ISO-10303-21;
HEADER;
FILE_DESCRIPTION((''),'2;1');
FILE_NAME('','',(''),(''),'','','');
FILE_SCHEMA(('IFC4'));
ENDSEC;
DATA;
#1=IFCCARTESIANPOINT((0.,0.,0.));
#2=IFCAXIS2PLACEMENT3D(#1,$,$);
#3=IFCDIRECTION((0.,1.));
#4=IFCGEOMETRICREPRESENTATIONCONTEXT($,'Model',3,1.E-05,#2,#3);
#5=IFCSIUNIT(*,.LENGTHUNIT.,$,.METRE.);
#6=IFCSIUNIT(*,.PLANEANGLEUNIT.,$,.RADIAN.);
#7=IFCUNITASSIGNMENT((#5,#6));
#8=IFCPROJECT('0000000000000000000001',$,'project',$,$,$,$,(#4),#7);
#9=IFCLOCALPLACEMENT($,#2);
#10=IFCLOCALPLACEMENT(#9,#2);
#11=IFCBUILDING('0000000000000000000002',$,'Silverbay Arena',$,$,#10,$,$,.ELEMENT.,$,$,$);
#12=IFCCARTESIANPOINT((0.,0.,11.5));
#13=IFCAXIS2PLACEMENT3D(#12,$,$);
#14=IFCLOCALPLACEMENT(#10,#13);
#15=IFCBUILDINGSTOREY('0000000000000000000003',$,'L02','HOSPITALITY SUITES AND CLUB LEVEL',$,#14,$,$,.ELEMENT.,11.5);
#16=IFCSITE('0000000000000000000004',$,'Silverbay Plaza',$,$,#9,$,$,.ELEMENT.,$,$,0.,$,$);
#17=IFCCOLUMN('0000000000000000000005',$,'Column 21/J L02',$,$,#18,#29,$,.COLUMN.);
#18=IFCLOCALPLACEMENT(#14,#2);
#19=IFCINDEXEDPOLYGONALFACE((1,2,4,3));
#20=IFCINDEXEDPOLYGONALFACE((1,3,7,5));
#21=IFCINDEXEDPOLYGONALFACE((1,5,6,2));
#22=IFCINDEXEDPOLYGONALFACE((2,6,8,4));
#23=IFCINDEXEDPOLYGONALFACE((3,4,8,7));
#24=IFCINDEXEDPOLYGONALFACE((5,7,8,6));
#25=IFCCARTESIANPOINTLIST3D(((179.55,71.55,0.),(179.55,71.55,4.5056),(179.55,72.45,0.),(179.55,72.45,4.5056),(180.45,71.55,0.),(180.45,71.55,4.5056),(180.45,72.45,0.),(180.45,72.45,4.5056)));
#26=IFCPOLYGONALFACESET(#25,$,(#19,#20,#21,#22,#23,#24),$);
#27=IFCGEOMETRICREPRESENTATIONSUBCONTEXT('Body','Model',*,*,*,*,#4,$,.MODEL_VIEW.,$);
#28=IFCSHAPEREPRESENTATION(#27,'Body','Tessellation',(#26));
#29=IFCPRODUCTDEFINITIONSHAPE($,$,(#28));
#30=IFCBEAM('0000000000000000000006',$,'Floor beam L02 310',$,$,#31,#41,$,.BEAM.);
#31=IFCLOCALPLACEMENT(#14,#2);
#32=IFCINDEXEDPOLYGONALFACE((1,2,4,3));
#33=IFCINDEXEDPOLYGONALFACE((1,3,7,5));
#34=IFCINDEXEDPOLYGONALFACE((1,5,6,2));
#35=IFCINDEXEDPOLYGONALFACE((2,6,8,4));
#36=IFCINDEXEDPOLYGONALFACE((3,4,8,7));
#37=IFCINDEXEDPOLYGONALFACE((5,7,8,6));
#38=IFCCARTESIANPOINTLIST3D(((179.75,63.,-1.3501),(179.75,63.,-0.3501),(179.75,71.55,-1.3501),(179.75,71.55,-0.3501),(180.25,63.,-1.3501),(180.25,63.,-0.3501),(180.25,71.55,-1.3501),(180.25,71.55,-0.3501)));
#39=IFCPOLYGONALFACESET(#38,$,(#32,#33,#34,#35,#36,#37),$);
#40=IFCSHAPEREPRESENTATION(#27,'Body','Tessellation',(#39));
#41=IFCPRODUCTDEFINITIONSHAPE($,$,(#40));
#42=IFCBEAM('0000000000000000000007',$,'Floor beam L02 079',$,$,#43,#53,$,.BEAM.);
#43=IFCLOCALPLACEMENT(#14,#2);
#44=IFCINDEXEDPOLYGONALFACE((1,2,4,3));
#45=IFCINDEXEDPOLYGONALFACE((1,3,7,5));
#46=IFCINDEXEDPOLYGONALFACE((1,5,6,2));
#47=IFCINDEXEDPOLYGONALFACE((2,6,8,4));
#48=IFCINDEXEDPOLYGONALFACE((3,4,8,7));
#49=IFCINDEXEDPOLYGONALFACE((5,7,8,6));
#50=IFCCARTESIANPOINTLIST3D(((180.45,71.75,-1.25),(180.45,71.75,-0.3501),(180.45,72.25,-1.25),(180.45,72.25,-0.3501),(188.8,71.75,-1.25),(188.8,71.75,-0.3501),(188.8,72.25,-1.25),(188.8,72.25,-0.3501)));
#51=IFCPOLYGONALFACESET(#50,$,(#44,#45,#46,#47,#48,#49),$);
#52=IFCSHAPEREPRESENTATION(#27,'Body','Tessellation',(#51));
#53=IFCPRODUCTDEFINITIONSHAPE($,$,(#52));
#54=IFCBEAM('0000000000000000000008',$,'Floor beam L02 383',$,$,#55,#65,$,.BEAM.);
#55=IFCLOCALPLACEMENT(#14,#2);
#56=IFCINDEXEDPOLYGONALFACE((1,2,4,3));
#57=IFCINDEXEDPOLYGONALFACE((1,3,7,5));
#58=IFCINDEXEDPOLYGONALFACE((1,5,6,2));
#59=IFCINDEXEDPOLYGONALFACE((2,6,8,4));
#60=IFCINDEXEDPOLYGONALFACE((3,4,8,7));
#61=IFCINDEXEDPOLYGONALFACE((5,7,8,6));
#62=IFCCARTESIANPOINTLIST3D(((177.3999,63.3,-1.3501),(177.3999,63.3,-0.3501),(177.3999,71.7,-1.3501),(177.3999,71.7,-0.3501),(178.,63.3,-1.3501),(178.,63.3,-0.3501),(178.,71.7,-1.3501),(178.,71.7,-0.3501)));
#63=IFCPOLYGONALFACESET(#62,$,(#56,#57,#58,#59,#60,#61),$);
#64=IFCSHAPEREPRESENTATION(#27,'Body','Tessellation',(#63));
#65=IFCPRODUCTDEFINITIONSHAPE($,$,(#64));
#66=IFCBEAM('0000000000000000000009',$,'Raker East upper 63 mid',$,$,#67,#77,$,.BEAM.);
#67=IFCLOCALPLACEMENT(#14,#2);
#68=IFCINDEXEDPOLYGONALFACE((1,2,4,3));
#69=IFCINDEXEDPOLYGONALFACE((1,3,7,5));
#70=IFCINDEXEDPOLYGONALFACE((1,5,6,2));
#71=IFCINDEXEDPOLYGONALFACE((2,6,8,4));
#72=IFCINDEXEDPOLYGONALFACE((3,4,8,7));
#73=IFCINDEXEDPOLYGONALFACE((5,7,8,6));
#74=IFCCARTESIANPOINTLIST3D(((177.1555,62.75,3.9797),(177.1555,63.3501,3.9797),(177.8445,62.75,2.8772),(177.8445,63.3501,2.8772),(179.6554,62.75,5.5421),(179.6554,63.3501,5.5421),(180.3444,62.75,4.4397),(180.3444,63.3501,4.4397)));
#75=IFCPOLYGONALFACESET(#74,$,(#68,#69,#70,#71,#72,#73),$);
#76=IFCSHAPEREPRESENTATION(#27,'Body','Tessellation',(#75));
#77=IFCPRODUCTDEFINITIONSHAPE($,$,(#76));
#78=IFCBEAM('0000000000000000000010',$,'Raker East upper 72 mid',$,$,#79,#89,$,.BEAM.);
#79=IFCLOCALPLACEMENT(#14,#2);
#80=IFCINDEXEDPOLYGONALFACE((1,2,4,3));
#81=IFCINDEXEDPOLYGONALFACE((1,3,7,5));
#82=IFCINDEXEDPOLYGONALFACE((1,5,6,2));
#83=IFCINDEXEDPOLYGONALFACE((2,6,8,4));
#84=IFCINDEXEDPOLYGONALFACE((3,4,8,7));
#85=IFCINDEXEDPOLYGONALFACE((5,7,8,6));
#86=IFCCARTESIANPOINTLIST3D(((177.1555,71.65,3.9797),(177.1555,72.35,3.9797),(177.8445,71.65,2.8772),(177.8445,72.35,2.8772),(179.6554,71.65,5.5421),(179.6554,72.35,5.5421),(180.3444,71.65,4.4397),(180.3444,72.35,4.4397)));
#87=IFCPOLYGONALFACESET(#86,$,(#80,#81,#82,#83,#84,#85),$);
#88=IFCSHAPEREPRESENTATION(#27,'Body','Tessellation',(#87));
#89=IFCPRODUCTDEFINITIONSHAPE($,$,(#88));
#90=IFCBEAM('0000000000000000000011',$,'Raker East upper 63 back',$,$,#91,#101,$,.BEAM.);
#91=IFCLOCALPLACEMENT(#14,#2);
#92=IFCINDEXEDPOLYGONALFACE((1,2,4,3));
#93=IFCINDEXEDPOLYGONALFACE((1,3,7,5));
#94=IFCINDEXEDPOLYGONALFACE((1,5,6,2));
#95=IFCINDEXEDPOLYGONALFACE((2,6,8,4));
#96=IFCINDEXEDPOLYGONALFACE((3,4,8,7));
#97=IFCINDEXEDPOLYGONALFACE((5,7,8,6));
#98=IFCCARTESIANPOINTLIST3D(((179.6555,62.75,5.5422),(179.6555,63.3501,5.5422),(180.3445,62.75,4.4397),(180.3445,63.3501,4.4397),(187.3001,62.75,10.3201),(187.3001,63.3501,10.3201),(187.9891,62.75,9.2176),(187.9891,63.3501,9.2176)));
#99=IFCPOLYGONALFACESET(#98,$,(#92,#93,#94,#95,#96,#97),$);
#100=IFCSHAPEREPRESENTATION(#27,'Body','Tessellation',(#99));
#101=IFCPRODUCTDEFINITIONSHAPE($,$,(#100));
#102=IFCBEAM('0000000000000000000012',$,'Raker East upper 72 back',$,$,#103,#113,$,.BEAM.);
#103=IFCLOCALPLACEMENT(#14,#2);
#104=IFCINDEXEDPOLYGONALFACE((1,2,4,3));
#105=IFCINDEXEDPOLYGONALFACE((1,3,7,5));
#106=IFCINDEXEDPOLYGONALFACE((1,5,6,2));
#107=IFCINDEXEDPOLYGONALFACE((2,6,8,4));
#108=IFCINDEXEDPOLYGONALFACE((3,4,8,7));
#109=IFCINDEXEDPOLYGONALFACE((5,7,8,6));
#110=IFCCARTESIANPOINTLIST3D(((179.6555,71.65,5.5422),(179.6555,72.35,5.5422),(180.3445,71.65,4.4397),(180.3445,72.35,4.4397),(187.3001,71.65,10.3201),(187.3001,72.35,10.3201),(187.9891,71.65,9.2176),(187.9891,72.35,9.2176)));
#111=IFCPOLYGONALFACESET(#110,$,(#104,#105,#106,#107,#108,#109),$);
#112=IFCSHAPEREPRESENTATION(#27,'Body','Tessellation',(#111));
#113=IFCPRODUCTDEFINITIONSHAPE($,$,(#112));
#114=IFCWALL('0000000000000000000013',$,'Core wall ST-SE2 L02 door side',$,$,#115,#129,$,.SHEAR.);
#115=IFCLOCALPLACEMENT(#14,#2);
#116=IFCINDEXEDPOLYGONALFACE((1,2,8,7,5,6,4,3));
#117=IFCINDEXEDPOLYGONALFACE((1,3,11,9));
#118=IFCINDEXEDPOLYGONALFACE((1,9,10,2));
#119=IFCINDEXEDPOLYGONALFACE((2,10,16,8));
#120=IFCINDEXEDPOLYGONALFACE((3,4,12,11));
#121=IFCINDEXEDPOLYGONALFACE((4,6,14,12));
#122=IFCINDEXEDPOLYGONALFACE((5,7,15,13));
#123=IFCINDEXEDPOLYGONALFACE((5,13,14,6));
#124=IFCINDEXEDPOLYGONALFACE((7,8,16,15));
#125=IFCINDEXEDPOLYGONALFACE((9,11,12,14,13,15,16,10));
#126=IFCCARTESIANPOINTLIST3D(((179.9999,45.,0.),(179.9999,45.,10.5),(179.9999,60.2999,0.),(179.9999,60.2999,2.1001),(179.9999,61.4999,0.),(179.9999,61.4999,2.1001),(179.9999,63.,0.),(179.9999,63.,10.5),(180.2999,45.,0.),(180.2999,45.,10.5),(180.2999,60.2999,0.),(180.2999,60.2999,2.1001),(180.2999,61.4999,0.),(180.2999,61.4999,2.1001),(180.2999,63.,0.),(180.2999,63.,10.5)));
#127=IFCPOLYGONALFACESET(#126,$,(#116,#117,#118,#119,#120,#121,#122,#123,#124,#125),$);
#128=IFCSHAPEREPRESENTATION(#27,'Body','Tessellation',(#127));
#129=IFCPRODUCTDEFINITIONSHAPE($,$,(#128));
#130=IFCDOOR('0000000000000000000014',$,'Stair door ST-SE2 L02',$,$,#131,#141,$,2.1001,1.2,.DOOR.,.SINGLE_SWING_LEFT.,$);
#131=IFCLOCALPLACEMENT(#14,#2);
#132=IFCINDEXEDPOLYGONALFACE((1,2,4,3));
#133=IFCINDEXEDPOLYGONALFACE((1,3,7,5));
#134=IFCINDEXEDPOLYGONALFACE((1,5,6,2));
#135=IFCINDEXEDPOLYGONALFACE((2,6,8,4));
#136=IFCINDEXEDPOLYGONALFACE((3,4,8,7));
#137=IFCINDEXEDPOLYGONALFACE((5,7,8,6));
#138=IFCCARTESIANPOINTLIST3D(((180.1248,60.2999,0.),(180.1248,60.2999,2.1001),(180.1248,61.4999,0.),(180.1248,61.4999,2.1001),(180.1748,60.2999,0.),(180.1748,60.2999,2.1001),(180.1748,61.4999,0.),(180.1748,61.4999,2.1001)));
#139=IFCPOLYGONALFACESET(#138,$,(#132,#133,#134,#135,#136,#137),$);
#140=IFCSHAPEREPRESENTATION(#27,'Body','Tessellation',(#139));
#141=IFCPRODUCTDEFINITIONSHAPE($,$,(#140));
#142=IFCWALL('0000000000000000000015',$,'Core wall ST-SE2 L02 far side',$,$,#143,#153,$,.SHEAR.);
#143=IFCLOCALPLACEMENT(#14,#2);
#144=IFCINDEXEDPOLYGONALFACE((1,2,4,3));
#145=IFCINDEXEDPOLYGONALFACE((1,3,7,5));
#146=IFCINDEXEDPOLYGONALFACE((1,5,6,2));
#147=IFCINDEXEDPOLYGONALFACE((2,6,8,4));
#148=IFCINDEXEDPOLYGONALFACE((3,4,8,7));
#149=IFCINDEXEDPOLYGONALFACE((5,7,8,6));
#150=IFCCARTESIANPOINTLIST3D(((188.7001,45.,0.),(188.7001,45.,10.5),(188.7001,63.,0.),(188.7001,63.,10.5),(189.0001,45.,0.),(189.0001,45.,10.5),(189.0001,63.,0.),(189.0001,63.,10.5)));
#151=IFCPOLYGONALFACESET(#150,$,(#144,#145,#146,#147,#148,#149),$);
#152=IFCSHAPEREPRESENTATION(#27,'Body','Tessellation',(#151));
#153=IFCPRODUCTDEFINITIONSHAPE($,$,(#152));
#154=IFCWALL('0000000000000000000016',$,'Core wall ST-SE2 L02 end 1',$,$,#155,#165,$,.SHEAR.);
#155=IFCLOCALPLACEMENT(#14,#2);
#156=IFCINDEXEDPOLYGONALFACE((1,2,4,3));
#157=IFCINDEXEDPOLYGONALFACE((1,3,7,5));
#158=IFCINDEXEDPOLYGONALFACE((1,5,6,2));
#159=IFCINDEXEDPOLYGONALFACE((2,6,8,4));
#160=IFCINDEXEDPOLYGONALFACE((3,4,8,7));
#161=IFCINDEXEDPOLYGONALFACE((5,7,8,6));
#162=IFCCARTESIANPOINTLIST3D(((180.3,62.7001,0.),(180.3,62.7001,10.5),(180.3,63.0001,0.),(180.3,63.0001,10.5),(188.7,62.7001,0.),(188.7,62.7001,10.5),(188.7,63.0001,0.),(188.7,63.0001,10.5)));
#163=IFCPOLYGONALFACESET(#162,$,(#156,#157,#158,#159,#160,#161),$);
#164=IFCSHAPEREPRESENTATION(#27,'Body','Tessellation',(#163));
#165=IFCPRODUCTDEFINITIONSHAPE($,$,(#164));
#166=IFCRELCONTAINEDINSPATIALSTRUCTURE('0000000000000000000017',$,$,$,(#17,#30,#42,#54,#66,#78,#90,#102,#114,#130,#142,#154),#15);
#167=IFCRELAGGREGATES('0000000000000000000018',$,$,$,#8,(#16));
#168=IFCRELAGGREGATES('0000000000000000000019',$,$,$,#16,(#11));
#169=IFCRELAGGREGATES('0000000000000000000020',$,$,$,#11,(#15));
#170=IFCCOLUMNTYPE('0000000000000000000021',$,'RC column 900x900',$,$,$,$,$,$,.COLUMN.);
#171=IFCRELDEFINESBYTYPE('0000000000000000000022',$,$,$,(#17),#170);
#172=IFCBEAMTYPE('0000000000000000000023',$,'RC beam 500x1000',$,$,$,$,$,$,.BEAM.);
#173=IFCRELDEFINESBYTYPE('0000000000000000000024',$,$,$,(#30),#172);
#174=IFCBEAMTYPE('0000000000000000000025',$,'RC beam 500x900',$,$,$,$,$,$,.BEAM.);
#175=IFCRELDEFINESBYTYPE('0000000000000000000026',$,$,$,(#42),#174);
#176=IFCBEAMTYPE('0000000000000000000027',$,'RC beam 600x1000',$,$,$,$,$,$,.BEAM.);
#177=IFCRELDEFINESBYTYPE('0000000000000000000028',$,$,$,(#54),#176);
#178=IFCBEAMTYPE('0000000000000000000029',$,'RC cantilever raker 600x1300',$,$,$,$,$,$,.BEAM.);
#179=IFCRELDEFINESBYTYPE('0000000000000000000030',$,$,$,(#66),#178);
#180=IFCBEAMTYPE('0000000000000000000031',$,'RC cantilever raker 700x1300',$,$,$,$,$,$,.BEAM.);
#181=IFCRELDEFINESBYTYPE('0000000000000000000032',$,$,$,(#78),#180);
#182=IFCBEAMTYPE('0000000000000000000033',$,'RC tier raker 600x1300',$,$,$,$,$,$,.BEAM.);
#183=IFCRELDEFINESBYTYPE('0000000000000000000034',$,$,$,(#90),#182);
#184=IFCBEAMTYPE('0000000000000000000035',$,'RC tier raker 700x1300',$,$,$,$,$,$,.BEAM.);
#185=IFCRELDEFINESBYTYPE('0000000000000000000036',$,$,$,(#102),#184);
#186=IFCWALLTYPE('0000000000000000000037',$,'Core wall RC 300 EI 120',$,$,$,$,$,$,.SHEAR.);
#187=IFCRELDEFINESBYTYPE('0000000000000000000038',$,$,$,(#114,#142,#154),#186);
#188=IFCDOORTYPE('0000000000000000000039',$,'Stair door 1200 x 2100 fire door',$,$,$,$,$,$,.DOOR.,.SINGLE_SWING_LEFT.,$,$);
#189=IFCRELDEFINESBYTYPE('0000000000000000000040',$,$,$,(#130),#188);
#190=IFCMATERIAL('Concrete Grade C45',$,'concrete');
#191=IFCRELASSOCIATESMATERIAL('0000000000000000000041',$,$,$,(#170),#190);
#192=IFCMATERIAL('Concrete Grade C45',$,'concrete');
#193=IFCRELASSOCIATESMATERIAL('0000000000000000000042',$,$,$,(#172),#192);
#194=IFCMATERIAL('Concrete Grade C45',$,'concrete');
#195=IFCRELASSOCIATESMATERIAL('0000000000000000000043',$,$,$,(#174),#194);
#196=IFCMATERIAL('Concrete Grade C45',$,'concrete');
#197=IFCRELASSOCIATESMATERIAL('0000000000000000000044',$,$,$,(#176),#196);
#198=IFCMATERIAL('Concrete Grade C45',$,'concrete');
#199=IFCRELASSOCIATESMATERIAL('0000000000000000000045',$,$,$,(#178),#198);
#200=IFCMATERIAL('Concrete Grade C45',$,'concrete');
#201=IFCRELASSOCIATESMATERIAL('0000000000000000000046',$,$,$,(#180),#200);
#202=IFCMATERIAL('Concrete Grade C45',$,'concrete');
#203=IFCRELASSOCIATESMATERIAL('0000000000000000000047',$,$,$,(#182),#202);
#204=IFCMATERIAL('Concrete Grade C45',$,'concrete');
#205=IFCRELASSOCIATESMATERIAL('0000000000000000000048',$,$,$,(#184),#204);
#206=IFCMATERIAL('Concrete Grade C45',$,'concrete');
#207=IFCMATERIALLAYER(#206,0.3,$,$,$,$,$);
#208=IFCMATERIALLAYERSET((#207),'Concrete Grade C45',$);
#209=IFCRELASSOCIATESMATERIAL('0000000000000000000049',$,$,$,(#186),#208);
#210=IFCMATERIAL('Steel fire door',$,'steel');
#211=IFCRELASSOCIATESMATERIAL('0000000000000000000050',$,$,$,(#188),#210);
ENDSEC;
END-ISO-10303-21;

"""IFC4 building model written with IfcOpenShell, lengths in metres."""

from ifc_helpers import new_model, si_unit, direction, frame, frame_2d, origin, origin_2d, place, context, subcontext, project, spatial, rectangle, extrude, material, layer, layer_set, material_profile, profile_set, type_object, element, fill, save


model = new_model("IFC4")

# Units and contexts
model_context = context("Model", 3, precision=1e-05, world=origin(), true_north=direction((0.0, 1.0)))
body_context = subcontext(model_context, "Body", "Model", "MODEL_VIEW")
ifc_project = project(units=[si_unit("LENGTHUNIT", "METRE"), si_unit("PLANEANGLEUNIT", "RADIAN")], contexts=[model_context])

# Site, building, storey
site_placement = place(None, origin())
site = spatial("IfcSite", under=ifc_project, at=site_placement, Name="Silverbay Plaza", CompositionType="ELEMENT", RefElevation=0.0)
building_placement = place(site_placement, origin())
building = spatial("IfcBuilding", under=site, at=building_placement, Name="Silverbay Arena", CompositionType="ELEMENT")
storey_placement = place(building_placement, frame((0.0, 0.0, 11.5)))
storey = spatial("IfcBuildingStorey", under=building, at=storey_placement, Name="L02", Description="HOSPITALITY SUITES AND CLUB LEVEL", CompositionType="ELEMENT", Elevation=11.5)

# Column
ifc_material_1 = material(Name="Concrete Grade C45", Category="concrete")
ifc_material_profile_1 = material_profile(ifc_material_1, rectangle(XDim=0.8999, YDim=0.8999, at=origin_2d()), Name="RC 900x900")
ifc_profile_set_1 = profile_set([ifc_material_profile_1], Name="Concrete Grade C45")
column_type = type_object("IfcColumnType", Name="RC column 900x900", PredefinedType="COLUMN", material=ifc_profile_set_1)
column_placement = place(storey_placement, frame((180.0, 72.0, 0.0), z_axis=(0.0, 0.0, 1.0), x_axis=(1.0, 0.0, 0.0)))
element("IfcColumn", 1, at=column_placement, inside=storey, type_object=column_type, Name="Column 21/J L02", PredefinedType="COLUMN", context=body_context, shape_type="SweptSolid", body=[
    extrude(rectangle(XDim=0.8999, YDim=0.8999, at=origin_2d()), origin(), (0.0, 0.0, 1.0), 4.5056),
])

# Beams
ifc_material_2 = material(Name="Concrete Grade C45", Category="concrete")
ifc_material_profile_2 = material_profile(ifc_material_2, rectangle(XDim=0.5, YDim=1.0, at=origin_2d()), Name="RC 500x1000")
ifc_profile_set_2 = profile_set([ifc_material_profile_2], Name="Concrete Grade C45")
beam_type_1 = type_object("IfcBeamType", Name="RC beam 500x1000", PredefinedType="BEAM", material=ifc_profile_set_2)
beam_1_placement = place(storey_placement, frame((180.0, 63.0, -0.8501), z_axis=(0.0, 1.0, 0.0), x_axis=(-1.0, 0.0, 0.0)))
element("IfcBeam", 2, at=beam_1_placement, inside=storey, type_object=beam_type_1, Name="Floor beam L02 310", PredefinedType="BEAM", context=body_context, shape_type="SweptSolid", body=[
    extrude(rectangle(XDim=0.5, YDim=1.0, at=origin_2d()), origin(), (0.0, 0.0, 1.0), 8.55),
])
ifc_material_3 = material(Name="Concrete Grade C45", Category="concrete")
ifc_material_profile_3 = material_profile(ifc_material_3, rectangle(XDim=0.5, YDim=0.8999, at=origin_2d()), Name="RC 500x900")
ifc_profile_set_3 = profile_set([ifc_material_profile_3], Name="Concrete Grade C45")
beam_type_2 = type_object("IfcBeamType", Name="RC beam 500x900", PredefinedType="BEAM", material=ifc_profile_set_3)
beam_2_placement = place(storey_placement, frame((180.45, 72.0, -0.8), z_axis=(1.0, 0.0, 0.0), x_axis=(0.0, 1.0, 0.0)))
element("IfcBeam", 3, at=beam_2_placement, inside=storey, type_object=beam_type_2, Name="Floor beam L02 079", PredefinedType="BEAM", context=body_context, shape_type="SweptSolid", body=[
    extrude(rectangle(XDim=0.5, YDim=0.8999, at=origin_2d()), origin(), (0.0, 0.0, 1.0), 8.3501),
])
ifc_material_4 = material(Name="Concrete Grade C45", Category="concrete")
ifc_material_profile_4 = material_profile(ifc_material_4, rectangle(XDim=0.6001, YDim=1.0, at=origin_2d()), Name="RC 600x1000")
ifc_profile_set_4 = profile_set([ifc_material_profile_4], Name="Concrete Grade C45")
beam_type_3 = type_object("IfcBeamType", Name="RC beam 600x1000", PredefinedType="BEAM", material=ifc_profile_set_4)
beam_3_placement = place(storey_placement, frame((177.7, 63.3, -0.8501), z_axis=(0.0, 1.0, 0.0), x_axis=(-1.0, 0.0, 0.0)))
element("IfcBeam", 4, at=beam_3_placement, inside=storey, type_object=beam_type_3, Name="Floor beam L02 383", PredefinedType="BEAM", context=body_context, shape_type="SweptSolid", body=[
    extrude(rectangle(XDim=0.6001, YDim=1.0, at=origin_2d()), origin(), (0.0, 0.0, 1.0), 8.3999),
])
ifc_material_5 = material(Name="Concrete Grade C45", Category="concrete")
ifc_material_profile_5 = material_profile(ifc_material_5, rectangle(XDim=0.6001, YDim=1.3, at=origin_2d()), Name="RC 600x1300")
ifc_profile_set_5 = profile_set([ifc_material_profile_5], Name="Concrete Grade C45")
beam_type_4 = type_object("IfcBeamType", Name="RC cantilever raker 600x1300", PredefinedType="BEAM", material=ifc_profile_set_5)
beam_4_placement = place(storey_placement, frame((177.5, 63.05, 3.4285), z_axis=(0.847998, 0.0, 0.529999), x_axis=(0.0, 1.0, 0.0)))
element("IfcBeam", 5, at=beam_4_placement, inside=storey, type_object=beam_type_4, Name="Raker East upper 63 mid", PredefinedType="BEAM", context=body_context, shape_type="SweptSolid", body=[
    extrude(rectangle(XDim=0.6001, YDim=1.3, at=origin_2d()), origin(), (0.0, 0.0, 1.0), 2.948),
])
ifc_material_6 = material(Name="Concrete Grade C45", Category="concrete")
ifc_material_profile_6 = material_profile(ifc_material_6, rectangle(XDim=0.7, YDim=1.3, at=origin_2d()), Name="RC 700x1300")
ifc_profile_set_6 = profile_set([ifc_material_profile_6], Name="Concrete Grade C45")
beam_type_5 = type_object("IfcBeamType", Name="RC cantilever raker 700x1300", PredefinedType="BEAM", material=ifc_profile_set_6)
beam_5_placement = place(storey_placement, frame((177.5, 72.0, 3.4285), z_axis=(0.847998, 0.0, 0.529999), x_axis=(0.0, 1.0, 0.0)))
element("IfcBeam", 6, at=beam_5_placement, inside=storey, type_object=beam_type_5, Name="Raker East upper 72 mid", PredefinedType="BEAM", context=body_context, shape_type="SweptSolid", body=[
    extrude(rectangle(XDim=0.7, YDim=1.3, at=origin_2d()), origin(), (0.0, 0.0, 1.0), 2.948),
])
ifc_material_7 = material(Name="Concrete Grade C45", Category="concrete")
ifc_material_profile_7 = material_profile(ifc_material_7, rectangle(XDim=0.6001, YDim=1.3, at=origin_2d()), Name="RC 600x1300")
ifc_profile_set_7 = profile_set([ifc_material_profile_7], Name="Concrete Grade C45")
beam_type_6 = type_object("IfcBeamType", Name="RC tier raker 600x1300", PredefinedType="BEAM", material=ifc_profile_set_7)
beam_6_placement = place(storey_placement, frame((180.0, 63.05, 4.991), z_axis=(0.847998, 0.0, 0.529999), x_axis=(0.0, 1.0, 0.0)))
element("IfcBeam", 7, at=beam_6_placement, inside=storey, type_object=beam_type_6, Name="Raker East upper 63 back", PredefinedType="BEAM", context=body_context, shape_type="SweptSolid", body=[
    extrude(rectangle(XDim=0.6001, YDim=1.3, at=origin_2d()), origin(), (0.0, 0.0, 1.0), 9.0149),
])
ifc_material_8 = material(Name="Concrete Grade C45", Category="concrete")
ifc_material_profile_8 = material_profile(ifc_material_8, rectangle(XDim=0.7, YDim=1.3, at=origin_2d()), Name="RC 700x1300")
ifc_profile_set_8 = profile_set([ifc_material_profile_8], Name="Concrete Grade C45")
beam_type_7 = type_object("IfcBeamType", Name="RC tier raker 700x1300", PredefinedType="BEAM", material=ifc_profile_set_8)
beam_7_placement = place(storey_placement, frame((180.0, 72.0, 4.991), z_axis=(0.847998, 0.0, 0.529999), x_axis=(0.0, 1.0, 0.0)))
element("IfcBeam", 8, at=beam_7_placement, inside=storey, type_object=beam_type_7, Name="Raker East upper 72 back", PredefinedType="BEAM", context=body_context, shape_type="SweptSolid", body=[
    extrude(rectangle(XDim=0.7, YDim=1.3, at=origin_2d()), origin(), (0.0, 0.0, 1.0), 9.0149),
])

# Wall, opening, door
ifc_material_9 = material(Name="Concrete Grade C45", Category="concrete")
ifc_layer_1 = layer(ifc_material_9, 0.3)
ifc_layer_set_1 = layer_set([ifc_layer_1], Name="Concrete Grade C45")
wall_type_1 = type_object("IfcWallType", Name="Core wall RC 300 EI 120", PredefinedType="SHEAR", material=ifc_layer_set_1)
wall_1_placement = place(storey_placement, frame((180.1499, 63.0, 0.0), z_axis=(0.0, 0.0, 1.0), x_axis=(0.0, -1.0, 0.0)))
wall_1 = element("IfcWall", 9, at=wall_1_placement, inside=storey, type_object=wall_type_1, Name="Core wall ST-SE2 L02 door side", PredefinedType="SHEAR", context=body_context, shape_type="SweptSolid", body=[
    extrude(rectangle(XDim=18.0, YDim=0.3, at=frame_2d((9.0, 0.0))), origin(), (0.0, 0.0, 1.0), 10.5),
])
opening_1_placement = place(wall_1_placement, frame((1.5, 0.0, 0.0)))
opening_1 = element("IfcOpeningElement", 10, at=opening_1_placement, cuts=wall_1, PredefinedType="OPENING", context=body_context, shape_type="SweptSolid", body=[
    extrude(rectangle(XDim=1.2, YDim=2.1001, at=frame_2d((0.6001, 1.05))), frame((0.0, 0.1602, 0.0), z_axis=(0.0, -1.0, 0.0), x_axis=(1.0, 0.0, 0.0)), (0.0, 0.0, 1.0), 0.3201),
])
ifc_material_10 = material(Name="Steel fire door", Category="steel")
door_type_1 = type_object("IfcDoorType", Name="Stair door 1200 x 2100 fire door", OperationType="SINGLE_SWING_LEFT", PredefinedType="DOOR", material=ifc_material_10)
door_1_placement = place(opening_1_placement, origin())
door_1 = element("IfcDoor", 11, at=door_1_placement, inside=storey, type_object=door_type_1, Name="Stair door ST-SE2 L02", OperationType="SINGLE_SWING_LEFT", OverallHeight=2.1001, OverallWidth=1.2, PredefinedType="DOOR", context=body_context, shape_type="SweptSolid", body=[
    extrude(rectangle(XDim=1.2, YDim=2.1001, at=frame_2d((0.6001, 1.05))), frame((0.0, 0.0249, 0.0), z_axis=(0.0, -1.0, 0.0), x_axis=(1.0, 0.0, 0.0)), (0.0, 0.0, 1.0), 0.05),
])
fill(opening_1, door_1)

# Walls
wall_2_placement = place(storey_placement, frame((188.8501, 63.0, 0.0), z_axis=(0.0, 0.0, 1.0), x_axis=(0.0, -1.0, 0.0)))
element("IfcWall", 12, at=wall_2_placement, inside=storey, type_object=wall_type_1, Name="Core wall ST-SE2 L02 far side", PredefinedType="SHEAR", context=body_context, shape_type="SweptSolid", body=[
    extrude(rectangle(XDim=18.0, YDim=0.3, at=frame_2d((9.0, 0.0))), origin(), (0.0, 0.0, 1.0), 10.5),
])
wall_3_placement = place(storey_placement, frame((180.3, 62.8501, 0.0), z_axis=(0.0, 0.0, 1.0), x_axis=(1.0, 0.0, 0.0)))
element("IfcWall", 13, at=wall_3_placement, inside=storey, type_object=wall_type_1, Name="Core wall ST-SE2 L02 end 1", PredefinedType="SHEAR", context=body_context, shape_type="SweptSolid", body=[
    extrude(rectangle(XDim=8.3999, YDim=0.3, at=frame_2d((4.2, 0.0))), origin(), (0.0, 0.0, 1.0), 10.5),
])

save(model, "model.ifc")
